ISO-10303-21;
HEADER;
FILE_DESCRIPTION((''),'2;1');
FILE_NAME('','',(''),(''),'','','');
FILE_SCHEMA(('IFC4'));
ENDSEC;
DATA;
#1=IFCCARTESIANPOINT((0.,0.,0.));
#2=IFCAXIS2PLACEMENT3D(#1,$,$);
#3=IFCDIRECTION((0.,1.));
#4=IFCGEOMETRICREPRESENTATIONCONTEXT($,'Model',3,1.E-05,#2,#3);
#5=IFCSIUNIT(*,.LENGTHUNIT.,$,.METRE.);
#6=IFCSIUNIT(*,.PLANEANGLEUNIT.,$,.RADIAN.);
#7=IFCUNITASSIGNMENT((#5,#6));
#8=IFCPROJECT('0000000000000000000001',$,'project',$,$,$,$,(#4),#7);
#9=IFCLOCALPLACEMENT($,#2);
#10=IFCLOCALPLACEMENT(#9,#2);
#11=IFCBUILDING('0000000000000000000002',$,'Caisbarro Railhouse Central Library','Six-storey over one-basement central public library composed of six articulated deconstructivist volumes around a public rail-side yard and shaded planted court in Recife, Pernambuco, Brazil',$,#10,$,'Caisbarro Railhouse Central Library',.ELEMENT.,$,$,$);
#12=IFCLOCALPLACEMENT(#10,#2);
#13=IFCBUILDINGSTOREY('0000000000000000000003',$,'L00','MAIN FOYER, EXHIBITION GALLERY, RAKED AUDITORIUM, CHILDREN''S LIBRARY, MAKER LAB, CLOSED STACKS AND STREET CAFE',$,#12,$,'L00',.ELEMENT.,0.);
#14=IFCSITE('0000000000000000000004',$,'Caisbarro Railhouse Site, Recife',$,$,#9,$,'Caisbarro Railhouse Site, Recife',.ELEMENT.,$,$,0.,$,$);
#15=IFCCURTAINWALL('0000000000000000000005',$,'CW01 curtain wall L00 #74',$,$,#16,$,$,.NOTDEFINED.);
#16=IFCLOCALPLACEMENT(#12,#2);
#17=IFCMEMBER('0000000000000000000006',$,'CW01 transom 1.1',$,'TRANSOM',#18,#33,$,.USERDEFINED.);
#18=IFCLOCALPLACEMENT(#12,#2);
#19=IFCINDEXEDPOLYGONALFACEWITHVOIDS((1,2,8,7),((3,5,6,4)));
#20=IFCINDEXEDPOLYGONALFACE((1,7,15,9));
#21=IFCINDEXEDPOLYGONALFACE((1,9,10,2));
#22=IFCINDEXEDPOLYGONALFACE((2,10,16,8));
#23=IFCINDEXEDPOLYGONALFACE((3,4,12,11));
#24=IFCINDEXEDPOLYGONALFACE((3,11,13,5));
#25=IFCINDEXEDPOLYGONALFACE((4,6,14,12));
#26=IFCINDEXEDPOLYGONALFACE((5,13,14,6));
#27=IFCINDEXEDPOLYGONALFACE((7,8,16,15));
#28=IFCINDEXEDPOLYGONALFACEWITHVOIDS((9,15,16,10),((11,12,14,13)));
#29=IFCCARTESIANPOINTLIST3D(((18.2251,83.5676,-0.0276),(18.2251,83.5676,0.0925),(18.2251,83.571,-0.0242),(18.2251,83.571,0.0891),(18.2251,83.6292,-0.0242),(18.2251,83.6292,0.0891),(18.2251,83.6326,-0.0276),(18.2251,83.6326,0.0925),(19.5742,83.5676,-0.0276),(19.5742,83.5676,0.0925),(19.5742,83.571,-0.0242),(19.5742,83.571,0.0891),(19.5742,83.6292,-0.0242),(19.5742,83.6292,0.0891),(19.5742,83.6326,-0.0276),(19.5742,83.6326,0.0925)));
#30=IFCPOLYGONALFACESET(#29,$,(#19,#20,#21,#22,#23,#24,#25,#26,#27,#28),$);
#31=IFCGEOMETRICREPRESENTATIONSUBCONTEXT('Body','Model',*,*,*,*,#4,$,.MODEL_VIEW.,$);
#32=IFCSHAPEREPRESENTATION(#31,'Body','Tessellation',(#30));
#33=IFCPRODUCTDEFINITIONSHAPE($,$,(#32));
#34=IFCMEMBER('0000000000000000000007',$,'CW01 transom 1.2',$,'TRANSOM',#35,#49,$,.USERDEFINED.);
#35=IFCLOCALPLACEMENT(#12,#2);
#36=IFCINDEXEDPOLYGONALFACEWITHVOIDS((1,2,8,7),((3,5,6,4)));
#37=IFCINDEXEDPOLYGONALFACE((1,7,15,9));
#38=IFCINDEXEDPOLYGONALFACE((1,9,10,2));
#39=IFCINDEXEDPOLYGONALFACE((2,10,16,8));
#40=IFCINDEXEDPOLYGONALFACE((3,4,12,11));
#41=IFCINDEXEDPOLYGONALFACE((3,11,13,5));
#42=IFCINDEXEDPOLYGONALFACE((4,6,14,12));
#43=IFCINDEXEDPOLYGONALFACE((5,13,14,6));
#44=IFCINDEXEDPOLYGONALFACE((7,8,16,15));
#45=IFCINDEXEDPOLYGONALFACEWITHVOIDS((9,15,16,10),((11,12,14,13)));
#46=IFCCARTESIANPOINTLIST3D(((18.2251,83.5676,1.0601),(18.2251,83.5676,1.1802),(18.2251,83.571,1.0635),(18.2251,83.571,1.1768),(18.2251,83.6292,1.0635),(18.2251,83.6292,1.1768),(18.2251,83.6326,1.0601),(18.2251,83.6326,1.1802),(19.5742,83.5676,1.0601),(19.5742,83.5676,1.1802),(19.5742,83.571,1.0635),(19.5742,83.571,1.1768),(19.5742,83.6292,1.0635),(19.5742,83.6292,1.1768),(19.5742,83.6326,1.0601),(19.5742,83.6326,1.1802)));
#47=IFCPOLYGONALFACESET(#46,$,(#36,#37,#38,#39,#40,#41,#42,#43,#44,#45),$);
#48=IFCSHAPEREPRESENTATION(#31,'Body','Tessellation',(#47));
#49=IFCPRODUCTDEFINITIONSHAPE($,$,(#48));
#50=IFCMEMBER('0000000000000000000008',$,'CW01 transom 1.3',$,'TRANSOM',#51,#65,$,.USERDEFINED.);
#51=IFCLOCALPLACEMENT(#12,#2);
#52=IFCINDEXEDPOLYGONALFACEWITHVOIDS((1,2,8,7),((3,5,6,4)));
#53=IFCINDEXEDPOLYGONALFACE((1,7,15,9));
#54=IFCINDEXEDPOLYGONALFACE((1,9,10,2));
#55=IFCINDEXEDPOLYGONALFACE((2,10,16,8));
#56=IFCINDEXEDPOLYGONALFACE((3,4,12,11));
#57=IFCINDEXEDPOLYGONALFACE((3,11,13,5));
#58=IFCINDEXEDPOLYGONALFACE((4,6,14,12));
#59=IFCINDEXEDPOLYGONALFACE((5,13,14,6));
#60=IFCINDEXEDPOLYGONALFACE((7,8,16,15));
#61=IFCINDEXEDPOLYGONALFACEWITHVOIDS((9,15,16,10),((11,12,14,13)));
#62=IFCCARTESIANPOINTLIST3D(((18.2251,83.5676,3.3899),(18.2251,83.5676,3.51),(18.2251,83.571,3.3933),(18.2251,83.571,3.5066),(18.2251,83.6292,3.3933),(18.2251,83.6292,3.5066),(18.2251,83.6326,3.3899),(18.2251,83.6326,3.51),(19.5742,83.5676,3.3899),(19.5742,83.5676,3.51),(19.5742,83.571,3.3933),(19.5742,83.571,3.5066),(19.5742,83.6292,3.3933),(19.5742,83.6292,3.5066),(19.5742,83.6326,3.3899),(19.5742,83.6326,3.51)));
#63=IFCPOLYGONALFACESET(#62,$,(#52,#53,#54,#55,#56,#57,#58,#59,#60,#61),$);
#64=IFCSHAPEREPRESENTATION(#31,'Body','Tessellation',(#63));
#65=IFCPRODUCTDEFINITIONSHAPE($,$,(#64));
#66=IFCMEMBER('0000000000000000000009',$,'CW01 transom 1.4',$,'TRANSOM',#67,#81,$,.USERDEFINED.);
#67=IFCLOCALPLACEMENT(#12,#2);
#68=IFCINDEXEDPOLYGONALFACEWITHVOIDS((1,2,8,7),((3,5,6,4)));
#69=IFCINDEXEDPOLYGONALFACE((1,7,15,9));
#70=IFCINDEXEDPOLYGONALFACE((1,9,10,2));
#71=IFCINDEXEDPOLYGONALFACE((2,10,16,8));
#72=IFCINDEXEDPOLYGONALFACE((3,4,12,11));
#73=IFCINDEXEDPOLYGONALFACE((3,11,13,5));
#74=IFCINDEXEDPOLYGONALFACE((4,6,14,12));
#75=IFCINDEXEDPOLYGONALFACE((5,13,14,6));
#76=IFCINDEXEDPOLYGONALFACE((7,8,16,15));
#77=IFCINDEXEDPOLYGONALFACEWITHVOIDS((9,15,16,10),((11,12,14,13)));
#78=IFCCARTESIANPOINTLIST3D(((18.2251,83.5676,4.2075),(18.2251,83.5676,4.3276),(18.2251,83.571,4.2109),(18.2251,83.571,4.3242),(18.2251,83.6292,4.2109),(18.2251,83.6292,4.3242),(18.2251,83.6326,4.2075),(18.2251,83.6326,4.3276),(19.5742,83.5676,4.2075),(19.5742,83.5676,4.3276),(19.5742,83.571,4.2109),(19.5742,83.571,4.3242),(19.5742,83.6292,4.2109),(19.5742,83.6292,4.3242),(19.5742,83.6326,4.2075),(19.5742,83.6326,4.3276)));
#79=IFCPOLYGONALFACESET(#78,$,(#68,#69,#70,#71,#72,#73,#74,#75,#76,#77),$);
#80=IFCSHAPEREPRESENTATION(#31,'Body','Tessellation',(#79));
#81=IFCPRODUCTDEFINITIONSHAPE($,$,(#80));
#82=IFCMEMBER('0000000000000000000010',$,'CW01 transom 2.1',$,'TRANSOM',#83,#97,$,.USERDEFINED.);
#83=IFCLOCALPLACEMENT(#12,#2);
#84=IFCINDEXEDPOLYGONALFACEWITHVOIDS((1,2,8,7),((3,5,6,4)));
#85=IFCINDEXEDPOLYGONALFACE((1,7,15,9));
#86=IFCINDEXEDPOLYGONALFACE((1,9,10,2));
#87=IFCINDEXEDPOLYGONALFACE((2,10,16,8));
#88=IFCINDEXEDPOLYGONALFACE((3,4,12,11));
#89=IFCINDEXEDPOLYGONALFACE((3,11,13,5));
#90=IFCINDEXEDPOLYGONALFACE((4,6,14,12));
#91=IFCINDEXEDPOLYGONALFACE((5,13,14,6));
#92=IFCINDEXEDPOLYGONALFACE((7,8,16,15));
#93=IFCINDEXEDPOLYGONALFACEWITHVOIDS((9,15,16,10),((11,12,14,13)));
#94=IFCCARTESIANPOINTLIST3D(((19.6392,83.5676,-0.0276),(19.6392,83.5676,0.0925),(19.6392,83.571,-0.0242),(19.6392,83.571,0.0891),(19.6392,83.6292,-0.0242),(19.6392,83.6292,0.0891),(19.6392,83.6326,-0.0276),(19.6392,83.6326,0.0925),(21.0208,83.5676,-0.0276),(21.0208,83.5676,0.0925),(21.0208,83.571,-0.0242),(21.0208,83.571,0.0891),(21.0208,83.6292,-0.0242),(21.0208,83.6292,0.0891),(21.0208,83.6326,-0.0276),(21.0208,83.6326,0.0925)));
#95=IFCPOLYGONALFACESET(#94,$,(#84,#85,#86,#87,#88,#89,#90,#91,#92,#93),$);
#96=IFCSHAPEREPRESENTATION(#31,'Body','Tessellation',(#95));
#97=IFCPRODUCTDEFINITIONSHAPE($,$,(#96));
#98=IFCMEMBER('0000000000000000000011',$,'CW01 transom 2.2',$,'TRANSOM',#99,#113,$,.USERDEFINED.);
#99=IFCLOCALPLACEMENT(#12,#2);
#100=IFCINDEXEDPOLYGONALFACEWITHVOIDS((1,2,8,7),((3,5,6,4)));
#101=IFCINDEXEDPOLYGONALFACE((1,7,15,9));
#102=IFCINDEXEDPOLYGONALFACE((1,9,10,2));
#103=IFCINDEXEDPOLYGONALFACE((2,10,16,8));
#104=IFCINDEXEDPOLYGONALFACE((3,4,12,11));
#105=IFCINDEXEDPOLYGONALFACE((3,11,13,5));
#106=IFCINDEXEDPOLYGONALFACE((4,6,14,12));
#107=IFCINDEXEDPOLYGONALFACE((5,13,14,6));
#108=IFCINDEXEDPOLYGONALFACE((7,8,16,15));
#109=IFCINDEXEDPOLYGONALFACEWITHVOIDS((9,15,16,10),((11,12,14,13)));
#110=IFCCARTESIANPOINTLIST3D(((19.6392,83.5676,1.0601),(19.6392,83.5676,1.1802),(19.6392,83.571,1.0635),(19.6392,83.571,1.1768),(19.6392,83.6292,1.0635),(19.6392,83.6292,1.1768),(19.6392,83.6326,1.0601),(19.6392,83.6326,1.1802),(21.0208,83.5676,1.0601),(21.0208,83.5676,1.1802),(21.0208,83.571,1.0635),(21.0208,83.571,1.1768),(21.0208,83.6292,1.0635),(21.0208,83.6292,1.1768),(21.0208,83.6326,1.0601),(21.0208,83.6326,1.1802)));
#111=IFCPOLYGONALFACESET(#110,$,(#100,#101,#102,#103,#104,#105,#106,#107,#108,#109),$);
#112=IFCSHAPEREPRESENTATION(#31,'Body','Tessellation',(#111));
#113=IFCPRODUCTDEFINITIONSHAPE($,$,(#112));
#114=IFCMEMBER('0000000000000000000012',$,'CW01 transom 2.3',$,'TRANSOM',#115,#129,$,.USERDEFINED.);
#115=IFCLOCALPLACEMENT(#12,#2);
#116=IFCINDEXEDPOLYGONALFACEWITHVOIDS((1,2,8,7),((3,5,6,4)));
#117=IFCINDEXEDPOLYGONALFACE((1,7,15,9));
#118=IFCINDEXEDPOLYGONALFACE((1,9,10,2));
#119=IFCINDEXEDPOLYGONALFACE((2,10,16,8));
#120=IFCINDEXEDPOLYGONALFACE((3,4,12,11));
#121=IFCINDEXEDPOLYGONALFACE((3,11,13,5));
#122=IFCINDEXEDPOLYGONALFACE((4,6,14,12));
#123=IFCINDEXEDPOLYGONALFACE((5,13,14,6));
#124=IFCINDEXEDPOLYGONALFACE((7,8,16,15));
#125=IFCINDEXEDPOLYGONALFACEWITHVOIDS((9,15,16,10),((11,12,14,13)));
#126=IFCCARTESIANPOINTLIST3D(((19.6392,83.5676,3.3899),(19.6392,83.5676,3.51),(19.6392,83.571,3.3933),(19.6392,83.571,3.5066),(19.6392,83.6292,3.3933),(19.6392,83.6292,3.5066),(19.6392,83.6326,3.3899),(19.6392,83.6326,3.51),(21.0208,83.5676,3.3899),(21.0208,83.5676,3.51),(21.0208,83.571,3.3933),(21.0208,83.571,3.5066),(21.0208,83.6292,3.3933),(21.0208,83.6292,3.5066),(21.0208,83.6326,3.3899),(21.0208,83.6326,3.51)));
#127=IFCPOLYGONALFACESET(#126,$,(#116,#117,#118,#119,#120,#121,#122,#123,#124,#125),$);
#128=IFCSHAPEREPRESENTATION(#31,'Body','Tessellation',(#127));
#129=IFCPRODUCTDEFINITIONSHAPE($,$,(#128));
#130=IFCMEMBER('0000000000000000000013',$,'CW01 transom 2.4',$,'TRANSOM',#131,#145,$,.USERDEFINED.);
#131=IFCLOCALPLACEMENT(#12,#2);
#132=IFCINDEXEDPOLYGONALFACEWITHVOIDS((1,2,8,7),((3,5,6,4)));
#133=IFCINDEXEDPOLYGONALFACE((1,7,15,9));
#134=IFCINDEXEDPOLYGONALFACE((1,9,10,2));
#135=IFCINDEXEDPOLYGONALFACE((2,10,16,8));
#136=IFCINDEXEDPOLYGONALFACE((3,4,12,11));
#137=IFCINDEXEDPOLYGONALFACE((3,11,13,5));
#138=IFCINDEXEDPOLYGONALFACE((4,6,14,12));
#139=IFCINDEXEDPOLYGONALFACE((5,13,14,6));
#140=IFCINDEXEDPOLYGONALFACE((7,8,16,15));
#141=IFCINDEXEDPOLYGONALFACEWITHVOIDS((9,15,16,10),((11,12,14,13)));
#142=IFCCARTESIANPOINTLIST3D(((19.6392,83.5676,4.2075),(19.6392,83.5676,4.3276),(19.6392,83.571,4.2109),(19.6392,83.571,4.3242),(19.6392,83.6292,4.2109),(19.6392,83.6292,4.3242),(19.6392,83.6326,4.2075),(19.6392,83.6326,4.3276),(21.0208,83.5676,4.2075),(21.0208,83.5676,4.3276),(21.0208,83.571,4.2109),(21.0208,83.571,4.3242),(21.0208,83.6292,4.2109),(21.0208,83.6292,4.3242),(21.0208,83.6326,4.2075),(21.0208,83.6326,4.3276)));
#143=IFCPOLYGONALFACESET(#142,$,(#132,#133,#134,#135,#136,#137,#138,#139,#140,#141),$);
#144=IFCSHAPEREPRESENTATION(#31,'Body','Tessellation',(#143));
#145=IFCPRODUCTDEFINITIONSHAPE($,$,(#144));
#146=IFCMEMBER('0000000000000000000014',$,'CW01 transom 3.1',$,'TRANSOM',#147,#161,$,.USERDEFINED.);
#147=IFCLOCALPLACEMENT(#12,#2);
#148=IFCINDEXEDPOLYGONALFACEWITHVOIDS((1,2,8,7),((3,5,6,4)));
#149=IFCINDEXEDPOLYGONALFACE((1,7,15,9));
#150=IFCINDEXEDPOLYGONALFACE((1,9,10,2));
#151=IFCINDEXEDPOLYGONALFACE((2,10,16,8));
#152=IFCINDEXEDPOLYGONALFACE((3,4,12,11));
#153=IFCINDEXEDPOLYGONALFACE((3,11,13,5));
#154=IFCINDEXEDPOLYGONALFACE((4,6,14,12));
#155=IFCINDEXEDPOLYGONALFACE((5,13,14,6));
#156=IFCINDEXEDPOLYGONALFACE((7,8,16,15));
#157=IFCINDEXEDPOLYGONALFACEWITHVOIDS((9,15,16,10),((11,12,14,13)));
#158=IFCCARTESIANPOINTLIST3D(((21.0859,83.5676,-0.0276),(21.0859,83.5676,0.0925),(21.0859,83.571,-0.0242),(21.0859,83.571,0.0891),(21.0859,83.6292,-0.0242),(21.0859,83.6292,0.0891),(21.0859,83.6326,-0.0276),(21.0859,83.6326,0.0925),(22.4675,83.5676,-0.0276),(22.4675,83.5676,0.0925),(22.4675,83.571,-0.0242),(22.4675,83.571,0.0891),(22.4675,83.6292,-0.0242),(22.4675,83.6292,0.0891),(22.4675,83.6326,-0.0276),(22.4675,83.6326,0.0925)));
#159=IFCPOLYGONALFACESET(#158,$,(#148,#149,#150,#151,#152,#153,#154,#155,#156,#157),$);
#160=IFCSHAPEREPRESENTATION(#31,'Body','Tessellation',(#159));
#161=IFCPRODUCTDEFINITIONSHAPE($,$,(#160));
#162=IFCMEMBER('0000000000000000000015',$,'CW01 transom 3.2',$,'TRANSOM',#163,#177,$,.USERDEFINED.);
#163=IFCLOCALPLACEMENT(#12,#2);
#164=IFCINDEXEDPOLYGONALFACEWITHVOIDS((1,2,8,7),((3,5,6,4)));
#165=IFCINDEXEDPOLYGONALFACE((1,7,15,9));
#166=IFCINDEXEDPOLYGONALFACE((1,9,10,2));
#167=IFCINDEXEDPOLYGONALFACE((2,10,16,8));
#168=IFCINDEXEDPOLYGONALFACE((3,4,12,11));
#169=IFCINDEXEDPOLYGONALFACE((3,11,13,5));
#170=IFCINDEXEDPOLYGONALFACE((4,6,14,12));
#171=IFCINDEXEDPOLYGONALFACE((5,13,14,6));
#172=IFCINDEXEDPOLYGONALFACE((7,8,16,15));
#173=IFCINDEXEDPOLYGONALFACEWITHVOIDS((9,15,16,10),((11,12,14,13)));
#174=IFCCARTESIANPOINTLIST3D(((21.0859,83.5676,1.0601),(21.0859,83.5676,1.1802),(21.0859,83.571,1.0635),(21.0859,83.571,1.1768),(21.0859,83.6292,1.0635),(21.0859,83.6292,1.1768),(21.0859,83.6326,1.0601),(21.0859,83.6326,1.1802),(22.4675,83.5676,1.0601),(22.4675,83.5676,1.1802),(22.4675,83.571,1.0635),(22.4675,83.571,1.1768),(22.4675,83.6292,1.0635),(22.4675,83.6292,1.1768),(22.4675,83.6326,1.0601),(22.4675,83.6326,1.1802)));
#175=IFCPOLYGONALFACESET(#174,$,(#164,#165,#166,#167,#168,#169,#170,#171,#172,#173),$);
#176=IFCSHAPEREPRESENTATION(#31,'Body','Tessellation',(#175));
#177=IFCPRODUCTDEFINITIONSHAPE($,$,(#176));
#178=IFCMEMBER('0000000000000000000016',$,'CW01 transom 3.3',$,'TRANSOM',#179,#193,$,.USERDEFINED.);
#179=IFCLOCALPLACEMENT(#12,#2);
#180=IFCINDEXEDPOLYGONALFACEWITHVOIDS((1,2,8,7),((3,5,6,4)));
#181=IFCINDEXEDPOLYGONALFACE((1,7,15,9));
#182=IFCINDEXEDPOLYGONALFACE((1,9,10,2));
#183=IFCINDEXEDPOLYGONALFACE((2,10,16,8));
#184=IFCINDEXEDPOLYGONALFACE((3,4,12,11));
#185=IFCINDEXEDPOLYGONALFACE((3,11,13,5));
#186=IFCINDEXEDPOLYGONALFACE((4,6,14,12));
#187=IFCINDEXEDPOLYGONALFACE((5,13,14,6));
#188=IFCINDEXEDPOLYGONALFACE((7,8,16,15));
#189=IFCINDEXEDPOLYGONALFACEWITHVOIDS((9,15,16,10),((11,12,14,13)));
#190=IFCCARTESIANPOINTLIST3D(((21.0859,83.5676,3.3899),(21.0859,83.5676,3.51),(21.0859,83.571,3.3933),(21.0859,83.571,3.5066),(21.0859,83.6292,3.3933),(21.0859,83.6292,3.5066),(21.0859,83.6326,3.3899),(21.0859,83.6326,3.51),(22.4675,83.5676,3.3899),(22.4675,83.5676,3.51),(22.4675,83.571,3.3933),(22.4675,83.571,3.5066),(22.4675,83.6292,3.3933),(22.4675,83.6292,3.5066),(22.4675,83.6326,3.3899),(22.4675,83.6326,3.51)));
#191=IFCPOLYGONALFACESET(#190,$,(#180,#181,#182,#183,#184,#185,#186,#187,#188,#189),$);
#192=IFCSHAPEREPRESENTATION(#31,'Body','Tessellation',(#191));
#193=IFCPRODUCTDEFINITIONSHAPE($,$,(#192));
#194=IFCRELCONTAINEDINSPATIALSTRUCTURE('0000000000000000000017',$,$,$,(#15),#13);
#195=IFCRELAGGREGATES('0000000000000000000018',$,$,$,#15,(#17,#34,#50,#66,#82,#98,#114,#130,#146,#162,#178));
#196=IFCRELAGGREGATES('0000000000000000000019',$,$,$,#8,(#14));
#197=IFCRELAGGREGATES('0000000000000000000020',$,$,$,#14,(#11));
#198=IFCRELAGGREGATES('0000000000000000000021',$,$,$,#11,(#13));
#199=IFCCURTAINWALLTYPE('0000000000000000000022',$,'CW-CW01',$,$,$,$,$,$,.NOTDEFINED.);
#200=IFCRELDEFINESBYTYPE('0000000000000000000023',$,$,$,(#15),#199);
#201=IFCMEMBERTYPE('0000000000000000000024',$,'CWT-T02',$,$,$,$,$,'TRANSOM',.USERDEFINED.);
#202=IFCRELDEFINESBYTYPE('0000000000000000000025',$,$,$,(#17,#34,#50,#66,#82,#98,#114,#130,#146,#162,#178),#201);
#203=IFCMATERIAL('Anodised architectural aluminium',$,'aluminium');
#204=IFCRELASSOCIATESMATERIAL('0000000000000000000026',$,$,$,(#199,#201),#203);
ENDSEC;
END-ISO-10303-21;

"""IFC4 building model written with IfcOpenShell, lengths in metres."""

from ifc_helpers import new_model, si_unit, direction, frame, origin, origin_2d, place, context, subcontext, project, spatial, hollow_rectangle, extrude, material, material_profile, profile_set, type_object, element, aggregate, save


model = new_model("IFC4")

# Units and contexts
model_context = context("Model", 3, precision=1e-05, world=origin(), true_north=direction((0.0, 1.0)))
body_context = subcontext(model_context, "Body", "Model", "MODEL_VIEW")
ifc_project = project(units=[si_unit("LENGTHUNIT", "METRE"), si_unit("PLANEANGLEUNIT", "RADIAN")], contexts=[model_context])

# Site, building, storey
site_placement = place(None, origin())
site = spatial("IfcSite", under=ifc_project, at=site_placement, Name="Caisbarro Railhouse Site, Recife", LongName="Caisbarro Railhouse Site, Recife", CompositionType="ELEMENT", RefElevation=0.0)
building_placement = place(site_placement, origin())
building = spatial("IfcBuilding", under=site, at=building_placement, Name="Caisbarro Railhouse Central Library", Description="Six-storey over one-basement central public library composed of six articulated deconstructivist volumes around a public rail-side yard and shaded planted court in Recife, Pernambuco, Brazil", LongName="Caisbarro Railhouse Central Library", CompositionType="ELEMENT")
storey_placement = place(building_placement, origin())
storey = spatial("IfcBuildingStorey", under=building, at=storey_placement, Name="L00", Description="MAIN FOYER, EXHIBITION GALLERY, RAKED AUDITORIUM, CHILDREN'S LIBRARY, MAKER LAB, CLOSED STACKS AND STREET CAFE", LongName="L00", CompositionType="ELEMENT", Elevation=0.0)

# Curtain wall, members
ifc_material_1 = material(Name="Anodised architectural aluminium", Category="aluminium")
curtain_wall_type = type_object("IfcCurtainWallType", Name="CW-CW01", PredefinedType="NOTDEFINED", material=ifc_material_1)
curtain_wall_placement = place(storey_placement, origin())
curtain_wall = element("IfcCurtainWall", 1, at=curtain_wall_placement, inside=storey, type_object=curtain_wall_type, Name="CW01 curtain wall L00 #74", PredefinedType="NOTDEFINED")
ifc_material_profile_1 = material_profile(ifc_material_1, hollow_rectangle(XDim=0.0649, YDim=0.1201, WallThickness=0.0034, at=origin_2d()), Name="ALU-TRN-65X120")
ifc_profile_set_1 = profile_set([ifc_material_profile_1], Name="Anodised architectural aluminium")
member_type_1 = type_object("IfcMemberType", Name="CWT-T02", ElementType="TRANSOM", PredefinedType="USERDEFINED", material=ifc_profile_set_1)
member_1_placement = place(storey_placement, frame((18.2251, 83.6001, 0.0325), z_axis=(1.0, 0.0, 0.0), x_axis=(0.0, 1.0, 0.0)))
member_1 = element("IfcMember", 2, at=member_1_placement, type_object=member_type_1, Name="CW01 transom 1.1", ObjectType="TRANSOM", PredefinedType="USERDEFINED", context=body_context, shape_type="SweptSolid", body=[
    extrude(hollow_rectangle(XDim=0.0649, YDim=0.1201, WallThickness=0.0034, at=origin_2d()), origin(), (0.0, 0.0, 1.0), 1.3491),
])
member_2_placement = place(storey_placement, frame((18.2251, 83.6001, 1.1201), z_axis=(1.0, 0.0, 0.0), x_axis=(0.0, 1.0, 0.0)))
member_2 = element("IfcMember", 3, at=member_2_placement, type_object=member_type_1, Name="CW01 transom 1.2", ObjectType="TRANSOM", PredefinedType="USERDEFINED", context=body_context, shape_type="SweptSolid", body=[
    extrude(hollow_rectangle(XDim=0.0649, YDim=0.1201, WallThickness=0.0034, at=origin_2d()), origin(), (0.0, 0.0, 1.0), 1.3491),
])
member_3_placement = place(storey_placement, frame((18.2251, 83.6001, 3.45), z_axis=(1.0, 0.0, 0.0), x_axis=(0.0, 1.0, 0.0)))
member_3 = element("IfcMember", 4, at=member_3_placement, type_object=member_type_1, Name="CW01 transom 1.3", ObjectType="TRANSOM", PredefinedType="USERDEFINED", context=body_context, shape_type="SweptSolid", body=[
    extrude(hollow_rectangle(XDim=0.0649, YDim=0.1201, WallThickness=0.0034, at=origin_2d()), origin(), (0.0, 0.0, 1.0), 1.3491),
])
member_4_placement = place(storey_placement, frame((18.2251, 83.6001, 4.2676), z_axis=(1.0, 0.0, 0.0), x_axis=(0.0, 1.0, 0.0)))
member_4 = element("IfcMember", 5, at=member_4_placement, type_object=member_type_1, Name="CW01 transom 1.4", ObjectType="TRANSOM", PredefinedType="USERDEFINED", context=body_context, shape_type="SweptSolid", body=[
    extrude(hollow_rectangle(XDim=0.0649, YDim=0.1201, WallThickness=0.0034, at=origin_2d()), origin(), (0.0, 0.0, 1.0), 1.3491),
])
member_5_placement = place(storey_placement, frame((19.6392, 83.6001, 0.0325), z_axis=(1.0, 0.0, 0.0), x_axis=(0.0, 1.0, 0.0)))
member_5 = element("IfcMember", 6, at=member_5_placement, type_object=member_type_1, Name="CW01 transom 2.1", ObjectType="TRANSOM", PredefinedType="USERDEFINED", context=body_context, shape_type="SweptSolid", body=[
    extrude(hollow_rectangle(XDim=0.0649, YDim=0.1201, WallThickness=0.0034, at=origin_2d()), origin(), (0.0, 0.0, 1.0), 1.3816),
])
member_6_placement = place(storey_placement, frame((19.6392, 83.6001, 1.1201), z_axis=(1.0, 0.0, 0.0), x_axis=(0.0, 1.0, 0.0)))
member_6 = element("IfcMember", 7, at=member_6_placement, type_object=member_type_1, Name="CW01 transom 2.2", ObjectType="TRANSOM", PredefinedType="USERDEFINED", context=body_context, shape_type="SweptSolid", body=[
    extrude(hollow_rectangle(XDim=0.0649, YDim=0.1201, WallThickness=0.0034, at=origin_2d()), origin(), (0.0, 0.0, 1.0), 1.3816),
])
member_7_placement = place(storey_placement, frame((19.6392, 83.6001, 3.45), z_axis=(1.0, 0.0, 0.0), x_axis=(0.0, 1.0, 0.0)))
member_7 = element("IfcMember", 8, at=member_7_placement, type_object=member_type_1, Name="CW01 transom 2.3", ObjectType="TRANSOM", PredefinedType="USERDEFINED", context=body_context, shape_type="SweptSolid", body=[
    extrude(hollow_rectangle(XDim=0.0649, YDim=0.1201, WallThickness=0.0034, at=origin_2d()), origin(), (0.0, 0.0, 1.0), 1.3816),
])
member_8_placement = place(storey_placement, frame((19.6392, 83.6001, 4.2676), z_axis=(1.0, 0.0, 0.0), x_axis=(0.0, 1.0, 0.0)))
member_8 = element("IfcMember", 9, at=member_8_placement, type_object=member_type_1, Name="CW01 transom 2.4", ObjectType="TRANSOM", PredefinedType="USERDEFINED", context=body_context, shape_type="SweptSolid", body=[
    extrude(hollow_rectangle(XDim=0.0649, YDim=0.1201, WallThickness=0.0034, at=origin_2d()), origin(), (0.0, 0.0, 1.0), 1.3816),
])
member_9_placement = place(storey_placement, frame((21.0859, 83.6001, 0.0325), z_axis=(1.0, 0.0, 0.0), x_axis=(0.0, 1.0, 0.0)))
member_9 = element("IfcMember", 10, at=member_9_placement, type_object=member_type_1, Name="CW01 transom 3.1", ObjectType="TRANSOM", PredefinedType="USERDEFINED", context=body_context, shape_type="SweptSolid", body=[
    extrude(hollow_rectangle(XDim=0.0649, YDim=0.1201, WallThickness=0.0034, at=origin_2d()), origin(), (0.0, 0.0, 1.0), 1.3816),
])
member_10_placement = place(storey_placement, frame((21.0859, 83.6001, 1.1201), z_axis=(1.0, 0.0, 0.0), x_axis=(0.0, 1.0, 0.0)))
member_10 = element("IfcMember", 11, at=member_10_placement, type_object=member_type_1, Name="CW01 transom 3.2", ObjectType="TRANSOM", PredefinedType="USERDEFINED", context=body_context, shape_type="SweptSolid", body=[
    extrude(hollow_rectangle(XDim=0.0649, YDim=0.1201, WallThickness=0.0034, at=origin_2d()), origin(), (0.0, 0.0, 1.0), 1.3816),
])
member_11_placement = place(storey_placement, frame((21.0859, 83.6001, 3.45), z_axis=(1.0, 0.0, 0.0), x_axis=(0.0, 1.0, 0.0)))
member_11 = element("IfcMember", 12, at=member_11_placement, type_object=member_type_1, Name="CW01 transom 3.3", ObjectType="TRANSOM", PredefinedType="USERDEFINED", context=body_context, shape_type="SweptSolid", body=[
    extrude(hollow_rectangle(XDim=0.0649, YDim=0.1201, WallThickness=0.0034, at=origin_2d()), origin(), (0.0, 0.0, 1.0), 1.3816),
])
aggregate(curtain_wall, [member_1, member_2, member_3, member_4, member_5, member_6, member_7, member_8, member_9, member_10, member_11])

save(model, "model.ifc")
